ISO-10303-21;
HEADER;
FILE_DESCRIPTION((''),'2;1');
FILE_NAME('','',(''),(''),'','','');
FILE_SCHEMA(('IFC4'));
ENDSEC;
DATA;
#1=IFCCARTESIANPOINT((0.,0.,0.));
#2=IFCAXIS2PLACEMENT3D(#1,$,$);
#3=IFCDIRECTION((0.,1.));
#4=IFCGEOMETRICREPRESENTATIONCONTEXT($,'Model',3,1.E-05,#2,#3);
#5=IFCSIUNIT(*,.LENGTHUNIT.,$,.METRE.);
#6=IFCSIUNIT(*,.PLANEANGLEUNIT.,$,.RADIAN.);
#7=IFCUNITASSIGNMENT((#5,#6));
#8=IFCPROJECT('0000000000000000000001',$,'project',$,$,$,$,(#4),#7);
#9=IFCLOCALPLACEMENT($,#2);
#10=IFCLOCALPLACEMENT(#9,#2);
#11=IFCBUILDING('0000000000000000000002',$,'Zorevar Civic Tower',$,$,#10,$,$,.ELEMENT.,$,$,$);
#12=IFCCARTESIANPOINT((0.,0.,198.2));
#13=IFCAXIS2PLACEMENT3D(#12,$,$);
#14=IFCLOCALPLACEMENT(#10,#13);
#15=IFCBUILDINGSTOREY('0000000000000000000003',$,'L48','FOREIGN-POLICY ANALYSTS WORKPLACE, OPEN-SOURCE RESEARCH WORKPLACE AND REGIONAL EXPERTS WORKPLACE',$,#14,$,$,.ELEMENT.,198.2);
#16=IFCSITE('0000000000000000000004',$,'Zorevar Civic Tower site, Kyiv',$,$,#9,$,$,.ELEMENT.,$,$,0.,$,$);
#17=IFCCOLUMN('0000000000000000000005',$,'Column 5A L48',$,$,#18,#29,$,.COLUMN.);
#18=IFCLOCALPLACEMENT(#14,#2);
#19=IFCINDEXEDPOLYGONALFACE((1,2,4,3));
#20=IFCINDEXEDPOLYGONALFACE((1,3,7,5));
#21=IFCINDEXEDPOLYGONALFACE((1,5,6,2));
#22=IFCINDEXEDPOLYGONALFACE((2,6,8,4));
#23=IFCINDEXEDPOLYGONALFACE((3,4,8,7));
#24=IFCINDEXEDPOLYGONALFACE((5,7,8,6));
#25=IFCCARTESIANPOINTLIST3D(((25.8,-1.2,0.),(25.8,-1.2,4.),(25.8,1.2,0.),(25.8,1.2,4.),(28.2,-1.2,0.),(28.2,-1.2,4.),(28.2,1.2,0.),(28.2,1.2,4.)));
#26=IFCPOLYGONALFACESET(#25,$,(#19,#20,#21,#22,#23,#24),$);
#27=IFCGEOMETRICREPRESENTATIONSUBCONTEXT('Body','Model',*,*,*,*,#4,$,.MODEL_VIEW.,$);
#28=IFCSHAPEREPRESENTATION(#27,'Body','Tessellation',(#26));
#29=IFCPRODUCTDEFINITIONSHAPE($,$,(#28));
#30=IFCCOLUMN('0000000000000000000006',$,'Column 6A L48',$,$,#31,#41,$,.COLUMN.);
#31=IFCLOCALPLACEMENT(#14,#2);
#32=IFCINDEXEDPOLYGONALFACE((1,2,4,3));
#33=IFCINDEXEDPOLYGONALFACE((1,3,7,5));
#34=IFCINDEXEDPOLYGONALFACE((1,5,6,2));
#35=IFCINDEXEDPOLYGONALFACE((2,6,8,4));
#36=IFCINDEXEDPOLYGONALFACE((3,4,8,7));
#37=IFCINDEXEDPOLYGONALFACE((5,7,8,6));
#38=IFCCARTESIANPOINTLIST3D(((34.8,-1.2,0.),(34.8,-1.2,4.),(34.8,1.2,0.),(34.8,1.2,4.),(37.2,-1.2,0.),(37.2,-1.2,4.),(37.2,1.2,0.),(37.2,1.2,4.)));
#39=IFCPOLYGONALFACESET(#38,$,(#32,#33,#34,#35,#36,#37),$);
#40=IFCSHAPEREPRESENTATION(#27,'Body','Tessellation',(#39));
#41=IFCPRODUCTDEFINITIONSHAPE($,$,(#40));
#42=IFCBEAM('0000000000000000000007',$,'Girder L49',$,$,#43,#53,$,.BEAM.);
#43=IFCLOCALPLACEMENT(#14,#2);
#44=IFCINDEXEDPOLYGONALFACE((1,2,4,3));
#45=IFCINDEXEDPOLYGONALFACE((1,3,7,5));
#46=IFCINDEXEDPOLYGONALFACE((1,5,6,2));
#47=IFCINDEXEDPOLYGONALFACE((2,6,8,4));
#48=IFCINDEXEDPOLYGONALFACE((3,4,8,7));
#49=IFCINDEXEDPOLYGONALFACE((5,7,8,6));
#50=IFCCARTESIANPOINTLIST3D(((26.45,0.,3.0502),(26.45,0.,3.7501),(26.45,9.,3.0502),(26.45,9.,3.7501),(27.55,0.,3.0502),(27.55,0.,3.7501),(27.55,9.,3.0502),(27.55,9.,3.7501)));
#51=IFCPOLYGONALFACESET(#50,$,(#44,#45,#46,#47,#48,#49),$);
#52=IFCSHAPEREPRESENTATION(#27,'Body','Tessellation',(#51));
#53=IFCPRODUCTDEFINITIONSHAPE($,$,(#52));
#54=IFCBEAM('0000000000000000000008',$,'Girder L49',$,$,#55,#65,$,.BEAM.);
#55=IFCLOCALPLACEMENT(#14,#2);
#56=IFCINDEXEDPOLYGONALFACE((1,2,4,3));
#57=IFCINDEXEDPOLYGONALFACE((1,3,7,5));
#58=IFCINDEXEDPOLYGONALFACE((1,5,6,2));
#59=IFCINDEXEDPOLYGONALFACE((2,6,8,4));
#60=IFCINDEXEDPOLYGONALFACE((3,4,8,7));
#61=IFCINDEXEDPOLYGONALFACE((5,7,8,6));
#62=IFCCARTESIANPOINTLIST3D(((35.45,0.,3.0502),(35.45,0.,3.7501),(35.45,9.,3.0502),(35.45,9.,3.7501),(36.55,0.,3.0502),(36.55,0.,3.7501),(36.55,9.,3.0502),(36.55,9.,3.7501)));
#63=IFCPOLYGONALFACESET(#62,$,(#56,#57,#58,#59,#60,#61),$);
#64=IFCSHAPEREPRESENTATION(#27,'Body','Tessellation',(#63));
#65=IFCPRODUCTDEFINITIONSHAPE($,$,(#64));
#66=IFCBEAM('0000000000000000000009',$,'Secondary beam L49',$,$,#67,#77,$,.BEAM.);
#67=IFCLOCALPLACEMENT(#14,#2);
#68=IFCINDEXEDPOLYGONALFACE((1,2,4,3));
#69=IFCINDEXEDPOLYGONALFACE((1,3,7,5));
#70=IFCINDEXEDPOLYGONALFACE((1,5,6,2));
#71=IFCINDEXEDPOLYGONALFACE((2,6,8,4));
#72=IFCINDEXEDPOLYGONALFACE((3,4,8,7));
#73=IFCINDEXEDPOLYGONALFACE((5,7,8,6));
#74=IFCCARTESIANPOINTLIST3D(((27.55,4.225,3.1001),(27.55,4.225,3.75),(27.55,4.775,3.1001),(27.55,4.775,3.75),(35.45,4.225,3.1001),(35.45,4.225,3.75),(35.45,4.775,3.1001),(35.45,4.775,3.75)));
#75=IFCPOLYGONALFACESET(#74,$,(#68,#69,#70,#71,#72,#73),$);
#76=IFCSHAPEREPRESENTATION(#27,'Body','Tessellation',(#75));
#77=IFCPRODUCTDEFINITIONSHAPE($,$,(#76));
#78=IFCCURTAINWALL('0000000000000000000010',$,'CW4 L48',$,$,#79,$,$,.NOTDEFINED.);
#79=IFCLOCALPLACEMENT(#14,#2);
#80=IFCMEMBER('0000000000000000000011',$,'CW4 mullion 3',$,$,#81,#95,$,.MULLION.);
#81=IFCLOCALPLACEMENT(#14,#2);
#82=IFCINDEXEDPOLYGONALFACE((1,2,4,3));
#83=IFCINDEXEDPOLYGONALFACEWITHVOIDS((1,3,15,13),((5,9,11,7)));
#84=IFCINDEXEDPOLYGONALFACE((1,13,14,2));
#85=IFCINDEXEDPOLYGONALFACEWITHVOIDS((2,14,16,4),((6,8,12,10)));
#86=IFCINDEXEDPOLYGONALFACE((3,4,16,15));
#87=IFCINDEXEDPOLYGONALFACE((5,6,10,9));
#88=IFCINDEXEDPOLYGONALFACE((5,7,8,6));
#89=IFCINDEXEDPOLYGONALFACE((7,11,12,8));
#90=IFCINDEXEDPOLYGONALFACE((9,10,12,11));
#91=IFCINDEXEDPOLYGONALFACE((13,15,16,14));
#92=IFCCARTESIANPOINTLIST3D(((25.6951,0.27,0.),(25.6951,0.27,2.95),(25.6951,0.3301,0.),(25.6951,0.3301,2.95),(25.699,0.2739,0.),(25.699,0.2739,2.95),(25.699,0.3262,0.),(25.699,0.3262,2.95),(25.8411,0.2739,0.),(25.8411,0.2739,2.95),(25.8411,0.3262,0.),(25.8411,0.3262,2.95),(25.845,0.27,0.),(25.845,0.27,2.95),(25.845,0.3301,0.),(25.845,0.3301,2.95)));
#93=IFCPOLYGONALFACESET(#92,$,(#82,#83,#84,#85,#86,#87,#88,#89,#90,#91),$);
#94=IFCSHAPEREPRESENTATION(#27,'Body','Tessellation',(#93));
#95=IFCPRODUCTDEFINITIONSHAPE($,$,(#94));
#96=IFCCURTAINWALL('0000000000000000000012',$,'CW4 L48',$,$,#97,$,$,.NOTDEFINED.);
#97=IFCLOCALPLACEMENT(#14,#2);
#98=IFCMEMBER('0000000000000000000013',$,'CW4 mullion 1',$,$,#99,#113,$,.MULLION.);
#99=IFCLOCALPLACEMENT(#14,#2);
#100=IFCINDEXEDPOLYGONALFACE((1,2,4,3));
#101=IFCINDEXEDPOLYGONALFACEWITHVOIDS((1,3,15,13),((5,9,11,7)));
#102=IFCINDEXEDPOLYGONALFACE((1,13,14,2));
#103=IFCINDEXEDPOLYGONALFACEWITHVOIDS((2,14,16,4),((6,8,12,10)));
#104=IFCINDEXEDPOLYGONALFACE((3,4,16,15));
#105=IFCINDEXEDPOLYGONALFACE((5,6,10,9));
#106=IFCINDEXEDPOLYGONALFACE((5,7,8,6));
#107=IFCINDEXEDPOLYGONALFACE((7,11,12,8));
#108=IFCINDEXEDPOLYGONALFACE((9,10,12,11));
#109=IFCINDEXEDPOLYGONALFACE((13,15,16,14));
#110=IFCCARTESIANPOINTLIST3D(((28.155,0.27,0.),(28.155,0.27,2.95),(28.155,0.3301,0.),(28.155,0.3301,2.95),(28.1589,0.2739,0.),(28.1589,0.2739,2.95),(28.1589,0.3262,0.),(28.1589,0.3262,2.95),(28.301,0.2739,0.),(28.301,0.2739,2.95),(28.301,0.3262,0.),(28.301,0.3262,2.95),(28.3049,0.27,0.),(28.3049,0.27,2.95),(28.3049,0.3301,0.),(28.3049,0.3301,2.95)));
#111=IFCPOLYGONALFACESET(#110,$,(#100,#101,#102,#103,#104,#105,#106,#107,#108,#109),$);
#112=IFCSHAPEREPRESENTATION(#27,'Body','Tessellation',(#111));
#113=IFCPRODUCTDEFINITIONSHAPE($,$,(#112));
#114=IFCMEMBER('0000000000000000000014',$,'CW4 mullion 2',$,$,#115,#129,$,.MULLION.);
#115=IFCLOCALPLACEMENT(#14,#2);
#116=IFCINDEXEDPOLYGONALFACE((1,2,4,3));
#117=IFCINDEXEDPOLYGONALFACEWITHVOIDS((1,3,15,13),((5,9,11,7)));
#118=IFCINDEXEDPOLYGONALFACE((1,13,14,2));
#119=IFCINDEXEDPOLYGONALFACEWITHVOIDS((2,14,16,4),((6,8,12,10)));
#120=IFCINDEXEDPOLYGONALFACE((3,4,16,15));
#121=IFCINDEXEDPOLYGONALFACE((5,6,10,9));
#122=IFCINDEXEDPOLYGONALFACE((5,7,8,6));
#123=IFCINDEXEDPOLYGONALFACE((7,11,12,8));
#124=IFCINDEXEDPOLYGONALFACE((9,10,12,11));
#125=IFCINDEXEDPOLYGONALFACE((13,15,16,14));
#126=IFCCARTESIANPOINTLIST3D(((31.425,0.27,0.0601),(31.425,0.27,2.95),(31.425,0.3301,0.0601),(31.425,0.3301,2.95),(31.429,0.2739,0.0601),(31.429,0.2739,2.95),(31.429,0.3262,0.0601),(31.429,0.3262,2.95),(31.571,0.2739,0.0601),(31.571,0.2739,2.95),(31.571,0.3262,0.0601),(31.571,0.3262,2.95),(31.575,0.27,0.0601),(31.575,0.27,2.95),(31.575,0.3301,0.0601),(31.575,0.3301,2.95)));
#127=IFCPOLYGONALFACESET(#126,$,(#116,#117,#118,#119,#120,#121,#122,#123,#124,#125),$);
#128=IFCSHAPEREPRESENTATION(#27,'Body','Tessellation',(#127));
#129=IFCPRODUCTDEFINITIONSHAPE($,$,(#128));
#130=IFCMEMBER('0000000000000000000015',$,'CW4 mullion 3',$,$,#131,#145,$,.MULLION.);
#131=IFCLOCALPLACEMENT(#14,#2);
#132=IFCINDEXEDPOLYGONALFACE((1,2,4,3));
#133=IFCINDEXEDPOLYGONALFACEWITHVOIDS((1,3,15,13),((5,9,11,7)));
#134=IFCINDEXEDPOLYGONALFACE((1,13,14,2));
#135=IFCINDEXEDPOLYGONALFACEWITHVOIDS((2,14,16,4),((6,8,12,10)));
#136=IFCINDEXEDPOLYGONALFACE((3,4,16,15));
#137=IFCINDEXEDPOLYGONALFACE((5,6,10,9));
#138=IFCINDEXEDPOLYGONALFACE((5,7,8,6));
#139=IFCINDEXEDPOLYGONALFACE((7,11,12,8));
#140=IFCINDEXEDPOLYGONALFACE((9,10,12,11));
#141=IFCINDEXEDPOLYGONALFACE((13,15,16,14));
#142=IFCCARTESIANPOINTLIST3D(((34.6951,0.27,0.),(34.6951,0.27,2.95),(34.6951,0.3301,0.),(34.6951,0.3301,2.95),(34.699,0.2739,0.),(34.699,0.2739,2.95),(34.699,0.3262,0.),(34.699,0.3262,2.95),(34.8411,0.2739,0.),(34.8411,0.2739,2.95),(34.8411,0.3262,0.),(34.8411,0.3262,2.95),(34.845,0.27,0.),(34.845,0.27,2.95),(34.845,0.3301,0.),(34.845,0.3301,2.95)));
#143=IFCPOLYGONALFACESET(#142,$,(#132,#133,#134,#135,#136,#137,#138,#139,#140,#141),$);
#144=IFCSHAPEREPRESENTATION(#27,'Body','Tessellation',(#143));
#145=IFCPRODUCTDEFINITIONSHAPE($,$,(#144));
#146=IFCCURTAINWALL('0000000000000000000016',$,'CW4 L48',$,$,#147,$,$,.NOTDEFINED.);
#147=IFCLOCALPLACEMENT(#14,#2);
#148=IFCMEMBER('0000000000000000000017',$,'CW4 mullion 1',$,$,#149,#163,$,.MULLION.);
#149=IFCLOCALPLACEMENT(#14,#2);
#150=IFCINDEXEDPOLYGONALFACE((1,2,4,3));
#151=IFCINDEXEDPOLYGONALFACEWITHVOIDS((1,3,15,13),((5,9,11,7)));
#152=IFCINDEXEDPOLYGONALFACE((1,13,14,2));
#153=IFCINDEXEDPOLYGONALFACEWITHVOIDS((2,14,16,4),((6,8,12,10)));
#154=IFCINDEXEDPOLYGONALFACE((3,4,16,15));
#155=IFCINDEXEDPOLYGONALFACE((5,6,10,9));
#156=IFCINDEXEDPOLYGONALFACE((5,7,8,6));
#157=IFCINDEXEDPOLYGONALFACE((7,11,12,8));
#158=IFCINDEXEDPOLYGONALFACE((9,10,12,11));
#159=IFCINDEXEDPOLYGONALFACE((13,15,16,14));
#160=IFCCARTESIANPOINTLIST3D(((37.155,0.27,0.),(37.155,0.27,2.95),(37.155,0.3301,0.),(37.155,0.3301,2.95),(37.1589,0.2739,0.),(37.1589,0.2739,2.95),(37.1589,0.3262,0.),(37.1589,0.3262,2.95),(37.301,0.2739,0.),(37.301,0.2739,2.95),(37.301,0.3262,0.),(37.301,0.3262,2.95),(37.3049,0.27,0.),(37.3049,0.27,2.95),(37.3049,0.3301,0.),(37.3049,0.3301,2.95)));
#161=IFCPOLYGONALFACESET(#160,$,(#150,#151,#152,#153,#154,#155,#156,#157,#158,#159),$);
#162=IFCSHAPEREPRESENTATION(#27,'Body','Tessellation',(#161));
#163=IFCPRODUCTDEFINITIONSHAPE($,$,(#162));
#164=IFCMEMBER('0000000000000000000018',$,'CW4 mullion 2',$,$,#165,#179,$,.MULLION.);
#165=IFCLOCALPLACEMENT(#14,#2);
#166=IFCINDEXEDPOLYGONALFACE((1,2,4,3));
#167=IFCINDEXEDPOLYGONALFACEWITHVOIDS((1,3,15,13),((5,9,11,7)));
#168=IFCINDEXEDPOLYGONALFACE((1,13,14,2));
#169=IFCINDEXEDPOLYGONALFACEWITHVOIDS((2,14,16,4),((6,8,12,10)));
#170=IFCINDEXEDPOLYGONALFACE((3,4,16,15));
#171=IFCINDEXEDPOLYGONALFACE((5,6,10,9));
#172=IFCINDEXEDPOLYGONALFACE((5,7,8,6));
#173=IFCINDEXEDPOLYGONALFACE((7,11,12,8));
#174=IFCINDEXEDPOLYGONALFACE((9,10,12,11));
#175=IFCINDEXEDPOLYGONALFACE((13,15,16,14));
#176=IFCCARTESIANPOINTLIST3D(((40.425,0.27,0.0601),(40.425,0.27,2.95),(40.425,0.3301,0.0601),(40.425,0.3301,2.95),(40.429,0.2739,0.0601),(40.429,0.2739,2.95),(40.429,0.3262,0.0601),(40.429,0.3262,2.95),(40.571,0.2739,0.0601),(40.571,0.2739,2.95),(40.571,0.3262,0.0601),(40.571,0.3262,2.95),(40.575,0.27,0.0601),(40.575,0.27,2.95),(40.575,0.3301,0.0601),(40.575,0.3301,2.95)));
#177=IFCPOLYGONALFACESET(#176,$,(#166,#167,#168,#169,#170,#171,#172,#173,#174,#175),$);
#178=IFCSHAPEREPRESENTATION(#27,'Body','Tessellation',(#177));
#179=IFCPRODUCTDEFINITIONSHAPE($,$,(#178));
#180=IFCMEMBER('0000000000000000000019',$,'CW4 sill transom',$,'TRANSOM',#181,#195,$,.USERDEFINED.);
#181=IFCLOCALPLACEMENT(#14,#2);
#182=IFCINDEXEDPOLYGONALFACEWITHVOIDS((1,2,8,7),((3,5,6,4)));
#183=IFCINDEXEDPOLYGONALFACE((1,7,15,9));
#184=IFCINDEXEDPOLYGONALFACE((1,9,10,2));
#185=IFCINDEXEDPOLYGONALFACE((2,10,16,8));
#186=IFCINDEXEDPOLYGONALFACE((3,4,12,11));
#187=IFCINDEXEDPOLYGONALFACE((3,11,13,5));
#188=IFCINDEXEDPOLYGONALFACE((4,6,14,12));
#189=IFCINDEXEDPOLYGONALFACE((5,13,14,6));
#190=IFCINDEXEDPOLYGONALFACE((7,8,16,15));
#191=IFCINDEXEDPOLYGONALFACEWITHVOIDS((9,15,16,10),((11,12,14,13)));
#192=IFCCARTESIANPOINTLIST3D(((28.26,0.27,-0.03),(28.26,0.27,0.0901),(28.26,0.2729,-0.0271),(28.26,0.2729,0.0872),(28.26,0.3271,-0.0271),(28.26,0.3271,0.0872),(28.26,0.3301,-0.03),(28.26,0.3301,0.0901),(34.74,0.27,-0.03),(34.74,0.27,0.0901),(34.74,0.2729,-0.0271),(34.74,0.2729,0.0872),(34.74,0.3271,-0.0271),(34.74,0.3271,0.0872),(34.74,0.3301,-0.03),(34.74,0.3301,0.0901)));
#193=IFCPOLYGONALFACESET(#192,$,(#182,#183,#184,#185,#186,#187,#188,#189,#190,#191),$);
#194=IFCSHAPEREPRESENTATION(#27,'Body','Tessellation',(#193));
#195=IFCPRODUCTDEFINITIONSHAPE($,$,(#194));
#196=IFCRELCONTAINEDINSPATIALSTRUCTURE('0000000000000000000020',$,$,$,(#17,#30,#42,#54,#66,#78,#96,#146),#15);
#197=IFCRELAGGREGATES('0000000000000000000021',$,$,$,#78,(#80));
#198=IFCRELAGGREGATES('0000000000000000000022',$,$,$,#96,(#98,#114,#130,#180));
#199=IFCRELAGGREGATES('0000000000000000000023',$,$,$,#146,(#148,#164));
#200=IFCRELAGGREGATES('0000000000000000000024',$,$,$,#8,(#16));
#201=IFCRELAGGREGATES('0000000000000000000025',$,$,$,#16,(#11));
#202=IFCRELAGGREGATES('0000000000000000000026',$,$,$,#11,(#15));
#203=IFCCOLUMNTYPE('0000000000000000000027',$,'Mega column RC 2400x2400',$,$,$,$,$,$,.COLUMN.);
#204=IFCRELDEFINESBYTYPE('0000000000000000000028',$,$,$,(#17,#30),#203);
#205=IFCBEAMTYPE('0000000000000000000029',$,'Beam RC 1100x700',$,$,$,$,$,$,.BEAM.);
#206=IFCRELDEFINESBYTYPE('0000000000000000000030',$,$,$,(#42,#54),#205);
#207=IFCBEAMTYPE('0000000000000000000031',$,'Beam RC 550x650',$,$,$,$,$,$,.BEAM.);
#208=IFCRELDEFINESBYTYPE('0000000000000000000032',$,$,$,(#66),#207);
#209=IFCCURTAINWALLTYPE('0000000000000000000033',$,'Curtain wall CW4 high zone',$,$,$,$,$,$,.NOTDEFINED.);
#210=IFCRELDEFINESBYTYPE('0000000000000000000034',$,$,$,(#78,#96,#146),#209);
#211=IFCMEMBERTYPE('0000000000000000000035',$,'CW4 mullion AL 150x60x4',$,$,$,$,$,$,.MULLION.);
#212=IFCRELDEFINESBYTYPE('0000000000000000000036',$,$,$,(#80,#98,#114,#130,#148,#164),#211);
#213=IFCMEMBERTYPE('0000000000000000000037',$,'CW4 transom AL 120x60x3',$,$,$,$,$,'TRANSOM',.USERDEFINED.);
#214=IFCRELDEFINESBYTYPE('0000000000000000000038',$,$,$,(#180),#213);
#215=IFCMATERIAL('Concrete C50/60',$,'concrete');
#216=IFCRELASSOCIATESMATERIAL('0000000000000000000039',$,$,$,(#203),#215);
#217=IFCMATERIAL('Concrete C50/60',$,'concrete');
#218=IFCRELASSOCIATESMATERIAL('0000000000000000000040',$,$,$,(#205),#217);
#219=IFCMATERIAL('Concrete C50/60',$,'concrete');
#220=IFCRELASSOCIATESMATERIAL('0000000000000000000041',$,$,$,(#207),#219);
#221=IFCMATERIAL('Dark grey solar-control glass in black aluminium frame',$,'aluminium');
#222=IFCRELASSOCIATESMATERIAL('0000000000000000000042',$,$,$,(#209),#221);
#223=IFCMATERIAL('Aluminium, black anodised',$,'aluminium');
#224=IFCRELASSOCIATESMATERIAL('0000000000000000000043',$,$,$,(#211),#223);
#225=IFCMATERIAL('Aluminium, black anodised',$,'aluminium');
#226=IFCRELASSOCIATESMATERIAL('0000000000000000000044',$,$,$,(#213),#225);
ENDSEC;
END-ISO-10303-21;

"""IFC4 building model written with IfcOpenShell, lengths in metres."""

from ifc_helpers import new_model, si_unit, direction, frame, origin, origin_2d, place, context, subcontext, project, spatial, rectangle, hollow_rectangle, extrude, material, material_profile, profile_set, type_object, element, aggregate, save


model = new_model("IFC4")

# Units and contexts
model_context = context("Model", 3, precision=1e-05, world=origin(), true_north=direction((0.0, 1.0)))
body_context = subcontext(model_context, "Body", "Model", "MODEL_VIEW")
ifc_project = project(units=[si_unit("LENGTHUNIT", "METRE"), si_unit("PLANEANGLEUNIT", "RADIAN")], contexts=[model_context])

# Site, building, storey
site_placement = place(None, origin())
site = spatial("IfcSite", under=ifc_project, at=site_placement, Name="Zorevar Civic Tower site, Kyiv", CompositionType="ELEMENT", RefElevation=0.0)
building_placement = place(site_placement, origin())
building = spatial("IfcBuilding", under=site, at=building_placement, Name="Zorevar Civic Tower", CompositionType="ELEMENT")
storey_placement = place(building_placement, frame((0.0, 0.0, 198.2)))
storey = spatial("IfcBuildingStorey", under=building, at=storey_placement, Name="L48", Description="FOREIGN-POLICY ANALYSTS WORKPLACE, OPEN-SOURCE RESEARCH WORKPLACE AND REGIONAL EXPERTS WORKPLACE", CompositionType="ELEMENT", Elevation=198.2)

# Columns
ifc_material_1 = material(Name="Concrete C50/60", Category="concrete")
ifc_material_profile_1 = material_profile(ifc_material_1, rectangle(XDim=2.3999, YDim=2.3999, at=origin_2d()), Name="RC 2400x2400")
ifc_profile_set_1 = profile_set([ifc_material_profile_1], Name="Concrete C50/60")
column_type = type_object("IfcColumnType", Name="Mega column RC 2400x2400", PredefinedType="COLUMN", material=ifc_profile_set_1)
for number, where, z_axis, x_axis, name in (
    (1, (27.0, 0.0, 0.0), (0.0, 0.0, 1.0), (1.0, 0.0, 0.0), "Column 5A L48"),
    (2, (36.0, 0.0, 0.0), (0.0, 0.0, 1.0), (1.0, 0.0, 0.0), "Column 6A L48"),
):
    element("IfcColumn", number, at=place(storey_placement, frame(where, z_axis=z_axis, x_axis=x_axis)), inside=storey, type_object=column_type, Name=name, PredefinedType="COLUMN", context=body_context, shape_type="SweptSolid", body=[
        extrude(rectangle(XDim=2.3999, YDim=2.3999, at=origin_2d()), origin(), (0.0, 0.0, 1.0), 4.0),
    ])

# Beams
ifc_material_2 = material(Name="Concrete C50/60", Category="concrete")
ifc_material_profile_2 = material_profile(ifc_material_2, rectangle(XDim=1.1001, YDim=0.7, at=origin_2d()), Name="RC 1100x700")
ifc_profile_set_2 = profile_set([ifc_material_profile_2], Name="Concrete C50/60")
beam_type_1 = type_object("IfcBeamType", Name="Beam RC 1100x700", PredefinedType="BEAM", material=ifc_profile_set_2)
for number, where, z_axis, x_axis, name in (
    (3, (27.0, 0.0, 3.4001), (0.0, 1.0, 0.0), (-1.0, 0.0, 0.0), "Girder L49"),
    (4, (36.0, 0.0, 3.4001), (0.0, 1.0, 0.0), (-1.0, 0.0, 0.0), "Girder L49"),
):
    element("IfcBeam", number, at=place(storey_placement, frame(where, z_axis=z_axis, x_axis=x_axis)), inside=storey, type_object=beam_type_1, Name=name, PredefinedType="BEAM", context=body_context, shape_type="SweptSolid", body=[
        extrude(rectangle(XDim=1.1001, YDim=0.7, at=origin_2d()), origin(), (0.0, 0.0, 1.0), 9.0),
    ])
ifc_material_3 = material(Name="Concrete C50/60", Category="concrete")
ifc_material_profile_3 = material_profile(ifc_material_3, rectangle(XDim=0.55, YDim=0.6499, at=origin_2d()), Name="RC 550x650")
ifc_profile_set_3 = profile_set([ifc_material_profile_3], Name="Concrete C50/60")
beam_type_2 = type_object("IfcBeamType", Name="Beam RC 550x650", PredefinedType="BEAM", material=ifc_profile_set_3)
beam_placement = place(storey_placement, frame((27.55, 4.5, 3.425), z_axis=(1.0, 0.0, 0.0), x_axis=(0.0, 1.0, 0.0)))
element("IfcBeam", 5, at=beam_placement, inside=storey, type_object=beam_type_2, Name="Secondary beam L49", PredefinedType="BEAM", context=body_context, shape_type="SweptSolid", body=[
    extrude(rectangle(XDim=0.55, YDim=0.6499, at=origin_2d()), origin(), (0.0, 0.0, 1.0), 7.8999),
])

# Curtain wall, member
ifc_material_4 = material(Name="Dark grey solar-control glass in black aluminium frame", Category="aluminium")
curtain_wall_type = type_object("IfcCurtainWallType", Name="Curtain wall CW4 high zone", PredefinedType="NOTDEFINED", material=ifc_material_4)
curtain_wall_1_placement = place(storey_placement, origin())
curtain_wall_1 = element("IfcCurtainWall", 6, at=curtain_wall_1_placement, inside=storey, type_object=curtain_wall_type, Name="CW4 L48", PredefinedType="NOTDEFINED")
ifc_material_5 = material(Name="Aluminium, black anodised", Category="aluminium")
ifc_material_profile_4 = material_profile(ifc_material_5, hollow_rectangle(XDim=0.0601, YDim=0.1499, WallThickness=0.0039, at=origin_2d()), Name="AL 150x60x4")
ifc_profile_set_4 = profile_set([ifc_material_profile_4], Name="Aluminium, black anodised")
member_type_1 = type_object("IfcMemberType", Name="CW4 mullion AL 150x60x4", PredefinedType="MULLION", material=ifc_profile_set_4)
member_1_placement = place(storey_placement, frame((25.77, 0.3, 0.0), z_axis=(0.0, 0.0, 1.0), x_axis=(0.0, 1.0, 0.0)))
member_1 = element("IfcMember", 7, at=member_1_placement, type_object=member_type_1, Name="CW4 mullion 3", PredefinedType="MULLION", context=body_context, shape_type="SweptSolid", body=[
    extrude(hollow_rectangle(XDim=0.0601, YDim=0.1499, WallThickness=0.0039, at=origin_2d()), origin(), (0.0, 0.0, 1.0), 2.95),
])

# Curtain walls, members
curtain_wall_2_placement = place(storey_placement, origin())
curtain_wall_2 = element("IfcCurtainWall", 8, at=curtain_wall_2_placement, inside=storey, type_object=curtain_wall_type, Name="CW4 L48", PredefinedType="NOTDEFINED")
member_2_placement = place(storey_placement, frame((28.23, 0.3, 0.0), z_axis=(0.0, 0.0, 1.0), x_axis=(0.0, 1.0, 0.0)))
member_2 = element("IfcMember", 9, at=member_2_placement, type_object=member_type_1, Name="CW4 mullion 1", PredefinedType="MULLION", context=body_context, shape_type="SweptSolid", body=[
    extrude(hollow_rectangle(XDim=0.0601, YDim=0.1499, WallThickness=0.0039, at=origin_2d()), origin(), (0.0, 0.0, 1.0), 2.95),
])
member_3_placement = place(storey_placement, frame((31.5, 0.3, 0.0601), z_axis=(0.0, 0.0, 1.0), x_axis=(0.0, 1.0, 0.0)))
member_3 = element("IfcMember", 10, at=member_3_placement, type_object=member_type_1, Name="CW4 mullion 2", PredefinedType="MULLION", context=body_context, shape_type="SweptSolid", body=[
    extrude(hollow_rectangle(XDim=0.0601, YDim=0.1499, WallThickness=0.0039, at=origin_2d()), origin(), (0.0, 0.0, 1.0), 2.8899),
])
member_4_placement = place(storey_placement, frame((34.77, 0.3, 0.0), z_axis=(0.0, 0.0, 1.0), x_axis=(0.0, 1.0, 0.0)))
member_4 = element("IfcMember", 11, at=member_4_placement, type_object=member_type_1, Name="CW4 mullion 3", PredefinedType="MULLION", context=body_context, shape_type="SweptSolid", body=[
    extrude(hollow_rectangle(XDim=0.0601, YDim=0.1499, WallThickness=0.0039, at=origin_2d()), origin(), (0.0, 0.0, 1.0), 2.95),
])
curtain_wall_3_placement = place(storey_placement, origin())
curtain_wall_3 = element("IfcCurtainWall", 12, at=curtain_wall_3_placement, inside=storey, type_object=curtain_wall_type, Name="CW4 L48", PredefinedType="NOTDEFINED")
member_5_placement = place(storey_placement, frame((37.23, 0.3, 0.0), z_axis=(0.0, 0.0, 1.0), x_axis=(0.0, 1.0, 0.0)))
member_5 = element("IfcMember", 13, at=member_5_placement, type_object=member_type_1, Name="CW4 mullion 1", PredefinedType="MULLION", context=body_context, shape_type="SweptSolid", body=[
    extrude(hollow_rectangle(XDim=0.0601, YDim=0.1499, WallThickness=0.0039, at=origin_2d()), origin(), (0.0, 0.0, 1.0), 2.95),
])
member_6_placement = place(storey_placement, frame((40.5, 0.3, 0.0601), z_axis=(0.0, 0.0, 1.0), x_axis=(0.0, 1.0, 0.0)))
member_6 = element("IfcMember", 14, at=member_6_placement, type_object=member_type_1, Name="CW4 mullion 2", PredefinedType="MULLION", context=body_context, shape_type="SweptSolid", body=[
    extrude(hollow_rectangle(XDim=0.0601, YDim=0.1499, WallThickness=0.0039, at=origin_2d()), origin(), (0.0, 0.0, 1.0), 2.8899),
])

# Member
ifc_material_6 = material(Name="Aluminium, black anodised", Category="aluminium")
ifc_material_profile_5 = material_profile(ifc_material_6, hollow_rectangle(XDim=0.0601, YDim=0.1201, WallThickness=0.0029, at=origin_2d()), Name="AL 120x60x3")
ifc_profile_set_5 = profile_set([ifc_material_profile_5], Name="Aluminium, black anodised")
member_type_2 = type_object("IfcMemberType", Name="CW4 transom AL 120x60x3", ElementType="TRANSOM", PredefinedType="USERDEFINED", material=ifc_profile_set_5)
member_7_placement = place(storey_placement, frame((28.26, 0.3, 0.03), z_axis=(1.0, 0.0, 0.0), x_axis=(0.0, 1.0, 0.0)))
member_7 = element("IfcMember", 15, at=member_7_placement, type_object=member_type_2, Name="CW4 sill transom", ObjectType="TRANSOM", PredefinedType="USERDEFINED", context=body_context, shape_type="SweptSolid", body=[
    extrude(hollow_rectangle(XDim=0.0601, YDim=0.1201, WallThickness=0.0029, at=origin_2d()), origin(), (0.0, 0.0, 1.0), 6.48),
])

aggregate(curtain_wall_1, [member_1])
aggregate(curtain_wall_2, [member_2, member_3, member_4, member_7])
aggregate(curtain_wall_3, [member_5, member_6])

save(model, "model.ifc")
